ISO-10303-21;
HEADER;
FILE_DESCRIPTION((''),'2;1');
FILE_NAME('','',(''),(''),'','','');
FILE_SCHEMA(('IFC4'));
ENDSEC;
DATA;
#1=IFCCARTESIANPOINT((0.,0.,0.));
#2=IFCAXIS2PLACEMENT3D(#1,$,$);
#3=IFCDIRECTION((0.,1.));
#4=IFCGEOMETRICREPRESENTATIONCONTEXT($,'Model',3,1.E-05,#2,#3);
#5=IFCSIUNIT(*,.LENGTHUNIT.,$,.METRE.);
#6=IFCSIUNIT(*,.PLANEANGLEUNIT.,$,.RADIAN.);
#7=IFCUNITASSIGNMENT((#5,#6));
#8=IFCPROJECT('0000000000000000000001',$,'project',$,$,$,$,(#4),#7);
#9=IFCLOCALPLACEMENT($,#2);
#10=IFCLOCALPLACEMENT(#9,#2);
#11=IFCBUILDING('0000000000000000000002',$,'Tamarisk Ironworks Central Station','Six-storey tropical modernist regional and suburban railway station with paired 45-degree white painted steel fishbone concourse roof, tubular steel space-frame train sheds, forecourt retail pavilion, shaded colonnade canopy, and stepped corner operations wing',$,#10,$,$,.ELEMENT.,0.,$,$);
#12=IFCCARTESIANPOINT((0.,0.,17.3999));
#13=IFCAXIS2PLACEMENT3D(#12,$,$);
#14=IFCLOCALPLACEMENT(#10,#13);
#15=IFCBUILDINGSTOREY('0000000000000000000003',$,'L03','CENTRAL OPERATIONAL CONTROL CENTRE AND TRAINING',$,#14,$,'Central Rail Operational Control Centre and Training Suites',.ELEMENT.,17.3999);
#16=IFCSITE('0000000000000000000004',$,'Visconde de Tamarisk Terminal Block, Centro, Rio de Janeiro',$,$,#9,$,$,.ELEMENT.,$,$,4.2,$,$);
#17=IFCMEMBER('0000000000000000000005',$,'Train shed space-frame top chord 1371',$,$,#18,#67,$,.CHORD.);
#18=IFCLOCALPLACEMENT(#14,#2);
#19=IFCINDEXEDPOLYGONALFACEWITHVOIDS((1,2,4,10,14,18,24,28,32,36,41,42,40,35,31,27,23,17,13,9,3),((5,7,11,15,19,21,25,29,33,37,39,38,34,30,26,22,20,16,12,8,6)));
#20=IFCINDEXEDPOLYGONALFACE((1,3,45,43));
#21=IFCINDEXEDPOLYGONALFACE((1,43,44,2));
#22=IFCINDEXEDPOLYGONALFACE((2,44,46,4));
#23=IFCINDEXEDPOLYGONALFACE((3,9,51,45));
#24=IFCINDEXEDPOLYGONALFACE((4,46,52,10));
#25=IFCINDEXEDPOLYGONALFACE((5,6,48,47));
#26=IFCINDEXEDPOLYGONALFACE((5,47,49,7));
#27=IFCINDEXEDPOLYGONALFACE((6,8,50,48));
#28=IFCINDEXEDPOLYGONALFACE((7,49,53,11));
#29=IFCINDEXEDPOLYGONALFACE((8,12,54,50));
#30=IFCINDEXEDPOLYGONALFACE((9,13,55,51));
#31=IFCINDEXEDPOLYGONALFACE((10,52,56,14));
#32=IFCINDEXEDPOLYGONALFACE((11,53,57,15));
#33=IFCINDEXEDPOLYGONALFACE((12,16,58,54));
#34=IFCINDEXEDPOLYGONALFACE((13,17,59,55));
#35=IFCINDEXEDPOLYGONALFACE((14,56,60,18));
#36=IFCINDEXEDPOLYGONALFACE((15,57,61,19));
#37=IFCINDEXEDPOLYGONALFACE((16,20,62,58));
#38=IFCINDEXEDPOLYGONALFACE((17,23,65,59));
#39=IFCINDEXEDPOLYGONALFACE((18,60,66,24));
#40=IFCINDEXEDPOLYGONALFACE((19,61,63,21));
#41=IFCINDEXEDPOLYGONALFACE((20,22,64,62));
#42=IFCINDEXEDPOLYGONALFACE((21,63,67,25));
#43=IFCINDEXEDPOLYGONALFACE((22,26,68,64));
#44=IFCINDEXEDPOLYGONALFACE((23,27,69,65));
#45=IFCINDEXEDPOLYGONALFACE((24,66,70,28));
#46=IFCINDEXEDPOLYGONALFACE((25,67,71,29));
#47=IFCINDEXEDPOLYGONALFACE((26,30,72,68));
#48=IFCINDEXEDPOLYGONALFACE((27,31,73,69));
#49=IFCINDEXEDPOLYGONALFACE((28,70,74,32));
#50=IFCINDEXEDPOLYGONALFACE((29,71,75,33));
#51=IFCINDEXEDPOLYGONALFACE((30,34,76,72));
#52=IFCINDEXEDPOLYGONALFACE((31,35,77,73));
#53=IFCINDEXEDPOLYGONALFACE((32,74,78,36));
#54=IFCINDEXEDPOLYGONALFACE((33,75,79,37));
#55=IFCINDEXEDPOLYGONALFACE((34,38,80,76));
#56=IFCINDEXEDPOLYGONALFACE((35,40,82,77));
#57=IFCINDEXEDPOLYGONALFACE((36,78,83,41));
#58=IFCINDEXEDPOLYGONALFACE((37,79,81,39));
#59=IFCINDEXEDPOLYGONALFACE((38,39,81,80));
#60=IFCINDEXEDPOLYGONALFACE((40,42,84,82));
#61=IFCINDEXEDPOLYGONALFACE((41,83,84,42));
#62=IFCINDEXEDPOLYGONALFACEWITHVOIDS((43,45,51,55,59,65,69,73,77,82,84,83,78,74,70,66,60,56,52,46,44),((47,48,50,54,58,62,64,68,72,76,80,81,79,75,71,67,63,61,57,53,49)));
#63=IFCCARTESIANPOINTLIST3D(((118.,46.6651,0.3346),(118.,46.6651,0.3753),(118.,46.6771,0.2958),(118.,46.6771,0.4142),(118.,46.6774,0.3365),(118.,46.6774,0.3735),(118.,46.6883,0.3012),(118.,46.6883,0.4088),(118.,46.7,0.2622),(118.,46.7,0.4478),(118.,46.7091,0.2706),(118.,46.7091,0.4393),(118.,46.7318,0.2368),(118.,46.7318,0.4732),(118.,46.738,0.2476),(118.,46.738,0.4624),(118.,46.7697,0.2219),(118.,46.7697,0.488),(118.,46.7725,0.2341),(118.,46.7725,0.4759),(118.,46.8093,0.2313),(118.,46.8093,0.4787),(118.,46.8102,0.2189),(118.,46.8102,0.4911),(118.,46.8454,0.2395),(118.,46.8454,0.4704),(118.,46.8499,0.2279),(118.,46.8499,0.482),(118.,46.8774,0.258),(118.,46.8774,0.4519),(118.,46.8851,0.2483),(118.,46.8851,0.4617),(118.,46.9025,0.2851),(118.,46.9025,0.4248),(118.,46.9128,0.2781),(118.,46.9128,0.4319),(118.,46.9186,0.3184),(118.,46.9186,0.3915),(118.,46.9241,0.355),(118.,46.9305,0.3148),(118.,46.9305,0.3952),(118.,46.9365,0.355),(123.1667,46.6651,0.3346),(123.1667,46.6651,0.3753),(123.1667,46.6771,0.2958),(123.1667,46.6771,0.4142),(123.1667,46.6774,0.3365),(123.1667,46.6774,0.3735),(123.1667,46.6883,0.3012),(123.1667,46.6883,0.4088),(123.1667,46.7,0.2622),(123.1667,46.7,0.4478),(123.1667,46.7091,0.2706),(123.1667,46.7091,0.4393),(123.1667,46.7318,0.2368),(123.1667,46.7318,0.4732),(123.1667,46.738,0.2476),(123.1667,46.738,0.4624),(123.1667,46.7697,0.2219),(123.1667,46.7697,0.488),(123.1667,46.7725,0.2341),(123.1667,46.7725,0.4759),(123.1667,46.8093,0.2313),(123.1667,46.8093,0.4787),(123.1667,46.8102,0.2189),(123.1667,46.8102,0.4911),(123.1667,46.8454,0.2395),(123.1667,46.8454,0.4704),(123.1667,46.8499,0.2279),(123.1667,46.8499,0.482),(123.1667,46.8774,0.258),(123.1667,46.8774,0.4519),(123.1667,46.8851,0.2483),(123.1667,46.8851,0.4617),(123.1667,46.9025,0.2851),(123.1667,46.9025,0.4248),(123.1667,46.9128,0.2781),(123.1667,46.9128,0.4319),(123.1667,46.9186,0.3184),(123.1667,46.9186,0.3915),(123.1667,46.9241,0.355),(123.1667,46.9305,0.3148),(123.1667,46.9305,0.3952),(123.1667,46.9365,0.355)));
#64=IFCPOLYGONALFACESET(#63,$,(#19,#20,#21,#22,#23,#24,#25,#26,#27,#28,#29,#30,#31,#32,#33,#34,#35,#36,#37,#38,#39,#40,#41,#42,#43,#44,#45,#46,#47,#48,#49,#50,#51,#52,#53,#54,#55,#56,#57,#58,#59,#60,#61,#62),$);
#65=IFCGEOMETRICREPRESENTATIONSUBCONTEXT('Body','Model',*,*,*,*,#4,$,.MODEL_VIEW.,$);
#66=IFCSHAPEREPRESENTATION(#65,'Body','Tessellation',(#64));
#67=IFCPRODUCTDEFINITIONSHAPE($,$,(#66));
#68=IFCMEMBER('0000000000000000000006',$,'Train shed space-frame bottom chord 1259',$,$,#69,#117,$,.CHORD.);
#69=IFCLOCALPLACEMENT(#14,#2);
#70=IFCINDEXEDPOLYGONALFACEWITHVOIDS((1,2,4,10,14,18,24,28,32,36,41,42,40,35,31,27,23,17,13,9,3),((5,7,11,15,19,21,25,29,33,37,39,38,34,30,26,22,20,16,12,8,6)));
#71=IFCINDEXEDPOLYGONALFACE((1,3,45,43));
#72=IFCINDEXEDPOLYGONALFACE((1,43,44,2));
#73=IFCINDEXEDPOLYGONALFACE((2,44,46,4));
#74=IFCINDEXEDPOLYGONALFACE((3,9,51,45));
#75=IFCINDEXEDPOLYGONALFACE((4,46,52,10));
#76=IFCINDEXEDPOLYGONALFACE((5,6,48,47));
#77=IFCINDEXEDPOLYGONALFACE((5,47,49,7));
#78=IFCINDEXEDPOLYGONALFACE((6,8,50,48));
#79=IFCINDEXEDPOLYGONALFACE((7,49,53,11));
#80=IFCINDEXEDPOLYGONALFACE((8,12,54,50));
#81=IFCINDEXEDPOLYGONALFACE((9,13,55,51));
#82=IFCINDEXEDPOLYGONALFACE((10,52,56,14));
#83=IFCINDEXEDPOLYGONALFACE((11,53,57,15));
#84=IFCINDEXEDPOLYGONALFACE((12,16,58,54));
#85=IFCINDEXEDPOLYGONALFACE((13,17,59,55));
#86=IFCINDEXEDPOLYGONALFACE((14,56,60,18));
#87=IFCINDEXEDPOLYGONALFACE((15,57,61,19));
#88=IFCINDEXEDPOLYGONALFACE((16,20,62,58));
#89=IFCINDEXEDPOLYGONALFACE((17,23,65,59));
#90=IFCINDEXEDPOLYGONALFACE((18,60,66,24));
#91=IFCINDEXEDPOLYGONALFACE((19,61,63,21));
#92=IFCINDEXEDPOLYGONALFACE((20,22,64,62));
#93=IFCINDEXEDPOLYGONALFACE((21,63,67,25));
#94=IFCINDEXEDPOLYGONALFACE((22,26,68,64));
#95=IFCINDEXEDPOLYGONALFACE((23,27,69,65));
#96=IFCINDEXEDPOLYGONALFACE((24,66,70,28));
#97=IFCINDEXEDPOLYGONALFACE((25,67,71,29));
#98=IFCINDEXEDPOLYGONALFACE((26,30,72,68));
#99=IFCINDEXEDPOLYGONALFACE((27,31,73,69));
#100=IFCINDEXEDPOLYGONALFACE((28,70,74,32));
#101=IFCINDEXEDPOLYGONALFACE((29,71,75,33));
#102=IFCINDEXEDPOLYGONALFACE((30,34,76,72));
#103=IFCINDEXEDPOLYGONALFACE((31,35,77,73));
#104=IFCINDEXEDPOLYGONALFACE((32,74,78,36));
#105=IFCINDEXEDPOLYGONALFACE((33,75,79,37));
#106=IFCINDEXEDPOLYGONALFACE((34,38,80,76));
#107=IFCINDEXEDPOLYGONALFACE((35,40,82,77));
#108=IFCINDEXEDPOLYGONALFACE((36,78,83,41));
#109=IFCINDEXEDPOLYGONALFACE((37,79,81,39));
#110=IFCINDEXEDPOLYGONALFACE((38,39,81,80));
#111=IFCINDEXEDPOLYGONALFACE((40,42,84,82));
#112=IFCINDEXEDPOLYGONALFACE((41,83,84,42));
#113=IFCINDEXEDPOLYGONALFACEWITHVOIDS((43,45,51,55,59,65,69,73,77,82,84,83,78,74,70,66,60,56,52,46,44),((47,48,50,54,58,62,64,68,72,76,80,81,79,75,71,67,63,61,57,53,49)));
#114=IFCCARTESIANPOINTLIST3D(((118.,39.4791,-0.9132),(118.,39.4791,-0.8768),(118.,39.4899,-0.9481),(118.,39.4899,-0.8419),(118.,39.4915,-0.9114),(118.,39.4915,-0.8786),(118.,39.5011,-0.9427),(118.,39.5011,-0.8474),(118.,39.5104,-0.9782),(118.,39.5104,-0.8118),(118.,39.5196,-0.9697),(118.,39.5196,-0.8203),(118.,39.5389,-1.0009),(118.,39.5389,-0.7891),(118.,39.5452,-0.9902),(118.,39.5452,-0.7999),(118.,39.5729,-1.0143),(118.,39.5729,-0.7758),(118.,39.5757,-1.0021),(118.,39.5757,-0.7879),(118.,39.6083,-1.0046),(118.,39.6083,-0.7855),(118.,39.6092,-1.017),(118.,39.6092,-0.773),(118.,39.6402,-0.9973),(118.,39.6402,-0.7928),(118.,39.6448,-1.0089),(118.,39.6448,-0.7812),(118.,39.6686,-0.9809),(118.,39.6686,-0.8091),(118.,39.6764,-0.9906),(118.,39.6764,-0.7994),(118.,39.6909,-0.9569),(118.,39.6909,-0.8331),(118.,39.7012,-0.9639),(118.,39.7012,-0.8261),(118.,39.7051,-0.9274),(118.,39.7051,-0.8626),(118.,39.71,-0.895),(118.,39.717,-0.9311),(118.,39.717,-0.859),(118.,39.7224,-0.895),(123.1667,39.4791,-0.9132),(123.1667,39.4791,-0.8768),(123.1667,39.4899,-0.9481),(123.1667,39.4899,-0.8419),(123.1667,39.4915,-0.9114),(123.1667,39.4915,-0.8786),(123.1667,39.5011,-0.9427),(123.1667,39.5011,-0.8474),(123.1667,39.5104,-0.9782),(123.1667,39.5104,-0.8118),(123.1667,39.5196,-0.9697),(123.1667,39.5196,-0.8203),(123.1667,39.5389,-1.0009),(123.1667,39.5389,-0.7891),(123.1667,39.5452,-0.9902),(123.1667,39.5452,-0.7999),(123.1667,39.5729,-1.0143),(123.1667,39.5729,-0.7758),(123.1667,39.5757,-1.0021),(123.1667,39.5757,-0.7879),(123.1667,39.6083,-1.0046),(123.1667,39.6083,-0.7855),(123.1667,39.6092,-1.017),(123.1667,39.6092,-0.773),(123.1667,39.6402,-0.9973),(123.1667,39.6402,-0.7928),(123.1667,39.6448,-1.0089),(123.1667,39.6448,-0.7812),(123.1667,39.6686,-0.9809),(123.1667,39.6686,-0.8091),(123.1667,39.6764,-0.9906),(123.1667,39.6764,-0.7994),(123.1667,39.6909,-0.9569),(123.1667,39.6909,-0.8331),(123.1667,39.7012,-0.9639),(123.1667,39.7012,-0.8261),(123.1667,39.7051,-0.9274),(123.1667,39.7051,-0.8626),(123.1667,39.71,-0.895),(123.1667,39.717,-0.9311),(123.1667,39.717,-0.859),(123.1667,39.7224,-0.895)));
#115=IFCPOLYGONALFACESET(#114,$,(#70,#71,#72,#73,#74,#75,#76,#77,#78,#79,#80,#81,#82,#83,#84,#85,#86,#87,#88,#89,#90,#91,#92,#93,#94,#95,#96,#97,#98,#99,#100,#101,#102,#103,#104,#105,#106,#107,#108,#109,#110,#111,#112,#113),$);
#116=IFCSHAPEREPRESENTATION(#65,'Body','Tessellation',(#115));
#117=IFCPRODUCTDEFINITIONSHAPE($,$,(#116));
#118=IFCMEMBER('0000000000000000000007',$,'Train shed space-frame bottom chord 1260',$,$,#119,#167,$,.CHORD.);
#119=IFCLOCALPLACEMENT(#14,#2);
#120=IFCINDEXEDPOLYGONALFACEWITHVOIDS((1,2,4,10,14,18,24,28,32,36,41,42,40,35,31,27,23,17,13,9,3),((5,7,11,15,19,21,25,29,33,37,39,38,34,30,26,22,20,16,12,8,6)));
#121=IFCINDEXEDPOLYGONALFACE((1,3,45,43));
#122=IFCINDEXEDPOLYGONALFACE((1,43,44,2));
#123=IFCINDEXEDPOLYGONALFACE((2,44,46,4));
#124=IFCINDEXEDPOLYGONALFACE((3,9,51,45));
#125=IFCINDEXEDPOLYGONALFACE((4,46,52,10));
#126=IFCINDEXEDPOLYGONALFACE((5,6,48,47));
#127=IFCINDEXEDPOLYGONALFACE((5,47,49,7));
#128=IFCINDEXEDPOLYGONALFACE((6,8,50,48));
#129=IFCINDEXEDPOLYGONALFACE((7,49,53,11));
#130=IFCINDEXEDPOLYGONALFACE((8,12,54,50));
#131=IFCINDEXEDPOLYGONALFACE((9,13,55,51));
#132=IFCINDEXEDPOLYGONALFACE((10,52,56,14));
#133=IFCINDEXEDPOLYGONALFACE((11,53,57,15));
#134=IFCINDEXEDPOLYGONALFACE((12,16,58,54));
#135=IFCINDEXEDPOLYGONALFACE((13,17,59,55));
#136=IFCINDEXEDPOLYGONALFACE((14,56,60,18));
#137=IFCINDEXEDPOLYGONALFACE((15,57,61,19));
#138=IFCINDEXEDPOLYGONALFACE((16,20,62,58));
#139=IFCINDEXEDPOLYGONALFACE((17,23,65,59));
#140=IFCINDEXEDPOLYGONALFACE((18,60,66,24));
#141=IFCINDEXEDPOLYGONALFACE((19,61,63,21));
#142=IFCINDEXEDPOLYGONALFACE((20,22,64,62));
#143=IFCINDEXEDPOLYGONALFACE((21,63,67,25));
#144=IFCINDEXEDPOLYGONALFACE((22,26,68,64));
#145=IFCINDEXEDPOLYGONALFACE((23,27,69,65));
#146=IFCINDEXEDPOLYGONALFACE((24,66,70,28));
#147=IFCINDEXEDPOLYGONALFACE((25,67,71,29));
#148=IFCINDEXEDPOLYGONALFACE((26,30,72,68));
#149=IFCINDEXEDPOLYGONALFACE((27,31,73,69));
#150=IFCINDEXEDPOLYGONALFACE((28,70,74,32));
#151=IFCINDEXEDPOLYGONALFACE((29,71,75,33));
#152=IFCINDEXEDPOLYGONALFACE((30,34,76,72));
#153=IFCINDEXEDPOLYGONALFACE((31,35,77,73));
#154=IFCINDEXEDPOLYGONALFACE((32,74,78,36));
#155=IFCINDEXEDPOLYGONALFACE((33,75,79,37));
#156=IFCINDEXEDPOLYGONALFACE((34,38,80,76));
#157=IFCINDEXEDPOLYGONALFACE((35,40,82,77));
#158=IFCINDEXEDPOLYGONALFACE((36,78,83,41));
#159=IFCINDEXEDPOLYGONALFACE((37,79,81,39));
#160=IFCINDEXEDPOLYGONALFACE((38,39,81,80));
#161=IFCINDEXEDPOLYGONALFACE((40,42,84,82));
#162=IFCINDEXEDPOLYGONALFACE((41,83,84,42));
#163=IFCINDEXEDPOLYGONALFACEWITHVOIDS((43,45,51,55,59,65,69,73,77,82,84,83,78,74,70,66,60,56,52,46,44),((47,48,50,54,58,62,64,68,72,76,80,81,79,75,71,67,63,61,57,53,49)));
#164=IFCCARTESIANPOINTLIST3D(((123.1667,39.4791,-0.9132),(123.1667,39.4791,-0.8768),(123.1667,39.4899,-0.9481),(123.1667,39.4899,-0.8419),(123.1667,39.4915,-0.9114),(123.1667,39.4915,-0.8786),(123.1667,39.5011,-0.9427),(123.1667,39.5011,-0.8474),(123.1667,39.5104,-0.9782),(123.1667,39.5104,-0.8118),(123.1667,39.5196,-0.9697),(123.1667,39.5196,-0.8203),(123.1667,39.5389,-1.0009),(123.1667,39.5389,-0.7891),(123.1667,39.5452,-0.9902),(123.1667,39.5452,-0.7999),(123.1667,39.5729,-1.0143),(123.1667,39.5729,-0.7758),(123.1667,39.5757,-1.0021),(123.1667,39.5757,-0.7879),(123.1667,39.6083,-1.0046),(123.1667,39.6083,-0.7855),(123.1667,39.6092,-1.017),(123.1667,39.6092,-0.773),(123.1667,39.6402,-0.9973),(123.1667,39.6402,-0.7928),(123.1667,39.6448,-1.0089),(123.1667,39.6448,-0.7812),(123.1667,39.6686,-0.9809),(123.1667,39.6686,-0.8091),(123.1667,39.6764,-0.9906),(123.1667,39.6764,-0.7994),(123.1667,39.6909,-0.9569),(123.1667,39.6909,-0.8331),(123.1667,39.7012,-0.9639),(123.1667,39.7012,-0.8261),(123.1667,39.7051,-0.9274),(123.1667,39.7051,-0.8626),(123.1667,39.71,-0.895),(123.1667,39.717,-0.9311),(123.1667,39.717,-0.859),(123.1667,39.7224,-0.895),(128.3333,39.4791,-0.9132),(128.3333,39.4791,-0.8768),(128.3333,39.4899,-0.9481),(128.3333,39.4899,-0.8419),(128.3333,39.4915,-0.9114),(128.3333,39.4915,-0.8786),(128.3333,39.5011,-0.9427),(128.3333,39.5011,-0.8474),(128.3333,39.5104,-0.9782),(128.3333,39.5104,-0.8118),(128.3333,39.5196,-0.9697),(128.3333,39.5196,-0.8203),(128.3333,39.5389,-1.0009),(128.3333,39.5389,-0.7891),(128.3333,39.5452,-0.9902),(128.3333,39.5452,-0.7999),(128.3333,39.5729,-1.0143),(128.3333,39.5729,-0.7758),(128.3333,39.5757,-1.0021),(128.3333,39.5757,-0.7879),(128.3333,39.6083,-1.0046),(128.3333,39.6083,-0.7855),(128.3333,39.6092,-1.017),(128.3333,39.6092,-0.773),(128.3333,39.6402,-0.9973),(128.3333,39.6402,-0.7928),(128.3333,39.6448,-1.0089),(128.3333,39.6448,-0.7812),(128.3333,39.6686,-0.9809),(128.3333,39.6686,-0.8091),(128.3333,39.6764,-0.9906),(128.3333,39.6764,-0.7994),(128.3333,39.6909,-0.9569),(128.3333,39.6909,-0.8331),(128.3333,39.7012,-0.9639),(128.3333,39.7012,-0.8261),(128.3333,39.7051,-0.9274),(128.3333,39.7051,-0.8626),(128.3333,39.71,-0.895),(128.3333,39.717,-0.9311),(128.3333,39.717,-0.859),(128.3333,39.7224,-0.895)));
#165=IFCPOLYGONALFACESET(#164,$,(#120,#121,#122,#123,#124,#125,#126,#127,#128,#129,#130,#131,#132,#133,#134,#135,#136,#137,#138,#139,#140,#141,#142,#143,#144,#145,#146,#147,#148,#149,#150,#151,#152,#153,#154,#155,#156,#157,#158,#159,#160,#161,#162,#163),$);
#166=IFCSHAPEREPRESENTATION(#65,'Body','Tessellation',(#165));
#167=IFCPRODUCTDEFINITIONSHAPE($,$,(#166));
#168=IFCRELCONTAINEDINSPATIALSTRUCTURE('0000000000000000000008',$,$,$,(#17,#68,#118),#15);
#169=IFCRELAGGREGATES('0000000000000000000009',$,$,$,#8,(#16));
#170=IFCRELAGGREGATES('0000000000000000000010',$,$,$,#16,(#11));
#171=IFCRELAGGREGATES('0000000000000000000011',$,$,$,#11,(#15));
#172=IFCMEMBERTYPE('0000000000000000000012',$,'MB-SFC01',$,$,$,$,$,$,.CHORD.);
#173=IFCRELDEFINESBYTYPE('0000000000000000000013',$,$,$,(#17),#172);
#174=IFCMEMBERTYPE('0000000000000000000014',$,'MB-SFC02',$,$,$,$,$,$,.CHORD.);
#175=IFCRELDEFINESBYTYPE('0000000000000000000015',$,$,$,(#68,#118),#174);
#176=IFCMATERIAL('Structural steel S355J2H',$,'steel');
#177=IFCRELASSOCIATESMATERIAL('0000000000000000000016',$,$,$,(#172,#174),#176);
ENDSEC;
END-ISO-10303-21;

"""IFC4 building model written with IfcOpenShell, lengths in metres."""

from ifc_helpers import new_model, si_unit, direction, frame, origin, origin_2d, place, context, subcontext, project, spatial, hollow_circle, extrude, material, material_profile, profile_set, type_object, element, save


model = new_model("IFC4")

# Units and contexts
model_context = context("Model", 3, precision=1e-05, world=origin(), true_north=direction((0.0, 1.0)))
body_context = subcontext(model_context, "Body", "Model", "MODEL_VIEW")
ifc_project = project(units=[si_unit("LENGTHUNIT", "METRE"), si_unit("PLANEANGLEUNIT", "RADIAN")], contexts=[model_context])

# Site, building, storey
site_placement = place(None, origin())
site = spatial("IfcSite", under=ifc_project, at=site_placement, Name="Visconde de Tamarisk Terminal Block, Centro, Rio de Janeiro", CompositionType="ELEMENT", RefElevation=4.2)
building_placement = place(site_placement, origin())
building = spatial("IfcBuilding", under=site, at=building_placement, Name="Tamarisk Ironworks Central Station", Description="Six-storey tropical modernist regional and suburban railway station with paired 45-degree white painted steel fishbone concourse roof, tubular steel space-frame train sheds, forecourt retail pavilion, shaded colonnade canopy, and stepped corner operations wing", CompositionType="ELEMENT", ElevationOfRefHeight=0.0)
storey_placement = place(building_placement, frame((0.0, 0.0, 17.3999)))
storey = spatial("IfcBuildingStorey", under=building, at=storey_placement, Name="L03", Description="CENTRAL OPERATIONAL CONTROL CENTRE AND TRAINING", LongName="Central Rail Operational Control Centre and Training Suites", CompositionType="ELEMENT", Elevation=17.3999)

# Members
ifc_material_1 = material(Name="Structural steel S355J2H", Category="steel")
ifc_material_profile_1 = material_profile(ifc_material_1, hollow_circle(Radius=0.1365, WallThickness=0.0125, at=origin_2d()), Name="CHS 273x12.5")
ifc_profile_set_1 = profile_set([ifc_material_profile_1], Name="Structural steel S355J2H")
member_type_1 = type_object("IfcMemberType", Name="MB-SFC01", PredefinedType="CHORD", material=ifc_profile_set_1)
for number, where, z_axis, x_axis, name in (
    (1, (118.0, 46.8, 0.355), (1.0, 0.0, 0.0), (0.0, 1.0, 0.0), "Train shed space-frame top chord 1371"),
):
    element("IfcMember", number, at=place(storey_placement, frame(where, z_axis=z_axis, x_axis=x_axis)), inside=storey, type_object=member_type_1, Name=name, PredefinedType="CHORD", context=body_context, shape_type="SweptSolid", body=[
        extrude(hollow_circle(Radius=0.1365, WallThickness=0.0125, at=origin_2d()), origin(), (0.0, 0.0, 1.0), 5.1667),
    ])
ifc_material_profile_2 = material_profile(ifc_material_1, hollow_circle(Radius=0.1223, WallThickness=0.0125, at=origin_2d()), Name="CHS 244.5x12.5")
ifc_profile_set_2 = profile_set([ifc_material_profile_2], Name="Structural steel S355J2H")
member_type_2 = type_object("IfcMemberType", Name="MB-SFC02", PredefinedType="CHORD", material=ifc_profile_set_2)
member_1_placement = place(storey_placement, frame((118.0, 39.6001, -0.895), z_axis=(1.0, 0.0, 0.0), x_axis=(0.0, 1.0, 0.0)))
element("IfcMember", 2, at=member_1_placement, inside=storey, type_object=member_type_2, Name="Train shed space-frame bottom chord 1259", PredefinedType="CHORD", context=body_context, shape_type="SweptSolid", body=[
    extrude(hollow_circle(Radius=0.1223, WallThickness=0.0125, at=origin_2d()), origin(), (0.0, 0.0, 1.0), 5.1667),
])
member_2_placement = place(storey_placement, frame((123.1667, 39.6001, -0.895), z_axis=(1.0, 0.0, 0.0), x_axis=(0.0, 1.0, 0.0)))
element("IfcMember", 3, at=member_2_placement, inside=storey, type_object=member_type_2, Name="Train shed space-frame bottom chord 1260", PredefinedType="CHORD", context=body_context, shape_type="SweptSolid", body=[
    extrude(hollow_circle(Radius=0.1223, WallThickness=0.0125, at=origin_2d()), origin(), (0.0, 0.0, 1.0), 5.1665),
])

save(model, "model.ifc")
